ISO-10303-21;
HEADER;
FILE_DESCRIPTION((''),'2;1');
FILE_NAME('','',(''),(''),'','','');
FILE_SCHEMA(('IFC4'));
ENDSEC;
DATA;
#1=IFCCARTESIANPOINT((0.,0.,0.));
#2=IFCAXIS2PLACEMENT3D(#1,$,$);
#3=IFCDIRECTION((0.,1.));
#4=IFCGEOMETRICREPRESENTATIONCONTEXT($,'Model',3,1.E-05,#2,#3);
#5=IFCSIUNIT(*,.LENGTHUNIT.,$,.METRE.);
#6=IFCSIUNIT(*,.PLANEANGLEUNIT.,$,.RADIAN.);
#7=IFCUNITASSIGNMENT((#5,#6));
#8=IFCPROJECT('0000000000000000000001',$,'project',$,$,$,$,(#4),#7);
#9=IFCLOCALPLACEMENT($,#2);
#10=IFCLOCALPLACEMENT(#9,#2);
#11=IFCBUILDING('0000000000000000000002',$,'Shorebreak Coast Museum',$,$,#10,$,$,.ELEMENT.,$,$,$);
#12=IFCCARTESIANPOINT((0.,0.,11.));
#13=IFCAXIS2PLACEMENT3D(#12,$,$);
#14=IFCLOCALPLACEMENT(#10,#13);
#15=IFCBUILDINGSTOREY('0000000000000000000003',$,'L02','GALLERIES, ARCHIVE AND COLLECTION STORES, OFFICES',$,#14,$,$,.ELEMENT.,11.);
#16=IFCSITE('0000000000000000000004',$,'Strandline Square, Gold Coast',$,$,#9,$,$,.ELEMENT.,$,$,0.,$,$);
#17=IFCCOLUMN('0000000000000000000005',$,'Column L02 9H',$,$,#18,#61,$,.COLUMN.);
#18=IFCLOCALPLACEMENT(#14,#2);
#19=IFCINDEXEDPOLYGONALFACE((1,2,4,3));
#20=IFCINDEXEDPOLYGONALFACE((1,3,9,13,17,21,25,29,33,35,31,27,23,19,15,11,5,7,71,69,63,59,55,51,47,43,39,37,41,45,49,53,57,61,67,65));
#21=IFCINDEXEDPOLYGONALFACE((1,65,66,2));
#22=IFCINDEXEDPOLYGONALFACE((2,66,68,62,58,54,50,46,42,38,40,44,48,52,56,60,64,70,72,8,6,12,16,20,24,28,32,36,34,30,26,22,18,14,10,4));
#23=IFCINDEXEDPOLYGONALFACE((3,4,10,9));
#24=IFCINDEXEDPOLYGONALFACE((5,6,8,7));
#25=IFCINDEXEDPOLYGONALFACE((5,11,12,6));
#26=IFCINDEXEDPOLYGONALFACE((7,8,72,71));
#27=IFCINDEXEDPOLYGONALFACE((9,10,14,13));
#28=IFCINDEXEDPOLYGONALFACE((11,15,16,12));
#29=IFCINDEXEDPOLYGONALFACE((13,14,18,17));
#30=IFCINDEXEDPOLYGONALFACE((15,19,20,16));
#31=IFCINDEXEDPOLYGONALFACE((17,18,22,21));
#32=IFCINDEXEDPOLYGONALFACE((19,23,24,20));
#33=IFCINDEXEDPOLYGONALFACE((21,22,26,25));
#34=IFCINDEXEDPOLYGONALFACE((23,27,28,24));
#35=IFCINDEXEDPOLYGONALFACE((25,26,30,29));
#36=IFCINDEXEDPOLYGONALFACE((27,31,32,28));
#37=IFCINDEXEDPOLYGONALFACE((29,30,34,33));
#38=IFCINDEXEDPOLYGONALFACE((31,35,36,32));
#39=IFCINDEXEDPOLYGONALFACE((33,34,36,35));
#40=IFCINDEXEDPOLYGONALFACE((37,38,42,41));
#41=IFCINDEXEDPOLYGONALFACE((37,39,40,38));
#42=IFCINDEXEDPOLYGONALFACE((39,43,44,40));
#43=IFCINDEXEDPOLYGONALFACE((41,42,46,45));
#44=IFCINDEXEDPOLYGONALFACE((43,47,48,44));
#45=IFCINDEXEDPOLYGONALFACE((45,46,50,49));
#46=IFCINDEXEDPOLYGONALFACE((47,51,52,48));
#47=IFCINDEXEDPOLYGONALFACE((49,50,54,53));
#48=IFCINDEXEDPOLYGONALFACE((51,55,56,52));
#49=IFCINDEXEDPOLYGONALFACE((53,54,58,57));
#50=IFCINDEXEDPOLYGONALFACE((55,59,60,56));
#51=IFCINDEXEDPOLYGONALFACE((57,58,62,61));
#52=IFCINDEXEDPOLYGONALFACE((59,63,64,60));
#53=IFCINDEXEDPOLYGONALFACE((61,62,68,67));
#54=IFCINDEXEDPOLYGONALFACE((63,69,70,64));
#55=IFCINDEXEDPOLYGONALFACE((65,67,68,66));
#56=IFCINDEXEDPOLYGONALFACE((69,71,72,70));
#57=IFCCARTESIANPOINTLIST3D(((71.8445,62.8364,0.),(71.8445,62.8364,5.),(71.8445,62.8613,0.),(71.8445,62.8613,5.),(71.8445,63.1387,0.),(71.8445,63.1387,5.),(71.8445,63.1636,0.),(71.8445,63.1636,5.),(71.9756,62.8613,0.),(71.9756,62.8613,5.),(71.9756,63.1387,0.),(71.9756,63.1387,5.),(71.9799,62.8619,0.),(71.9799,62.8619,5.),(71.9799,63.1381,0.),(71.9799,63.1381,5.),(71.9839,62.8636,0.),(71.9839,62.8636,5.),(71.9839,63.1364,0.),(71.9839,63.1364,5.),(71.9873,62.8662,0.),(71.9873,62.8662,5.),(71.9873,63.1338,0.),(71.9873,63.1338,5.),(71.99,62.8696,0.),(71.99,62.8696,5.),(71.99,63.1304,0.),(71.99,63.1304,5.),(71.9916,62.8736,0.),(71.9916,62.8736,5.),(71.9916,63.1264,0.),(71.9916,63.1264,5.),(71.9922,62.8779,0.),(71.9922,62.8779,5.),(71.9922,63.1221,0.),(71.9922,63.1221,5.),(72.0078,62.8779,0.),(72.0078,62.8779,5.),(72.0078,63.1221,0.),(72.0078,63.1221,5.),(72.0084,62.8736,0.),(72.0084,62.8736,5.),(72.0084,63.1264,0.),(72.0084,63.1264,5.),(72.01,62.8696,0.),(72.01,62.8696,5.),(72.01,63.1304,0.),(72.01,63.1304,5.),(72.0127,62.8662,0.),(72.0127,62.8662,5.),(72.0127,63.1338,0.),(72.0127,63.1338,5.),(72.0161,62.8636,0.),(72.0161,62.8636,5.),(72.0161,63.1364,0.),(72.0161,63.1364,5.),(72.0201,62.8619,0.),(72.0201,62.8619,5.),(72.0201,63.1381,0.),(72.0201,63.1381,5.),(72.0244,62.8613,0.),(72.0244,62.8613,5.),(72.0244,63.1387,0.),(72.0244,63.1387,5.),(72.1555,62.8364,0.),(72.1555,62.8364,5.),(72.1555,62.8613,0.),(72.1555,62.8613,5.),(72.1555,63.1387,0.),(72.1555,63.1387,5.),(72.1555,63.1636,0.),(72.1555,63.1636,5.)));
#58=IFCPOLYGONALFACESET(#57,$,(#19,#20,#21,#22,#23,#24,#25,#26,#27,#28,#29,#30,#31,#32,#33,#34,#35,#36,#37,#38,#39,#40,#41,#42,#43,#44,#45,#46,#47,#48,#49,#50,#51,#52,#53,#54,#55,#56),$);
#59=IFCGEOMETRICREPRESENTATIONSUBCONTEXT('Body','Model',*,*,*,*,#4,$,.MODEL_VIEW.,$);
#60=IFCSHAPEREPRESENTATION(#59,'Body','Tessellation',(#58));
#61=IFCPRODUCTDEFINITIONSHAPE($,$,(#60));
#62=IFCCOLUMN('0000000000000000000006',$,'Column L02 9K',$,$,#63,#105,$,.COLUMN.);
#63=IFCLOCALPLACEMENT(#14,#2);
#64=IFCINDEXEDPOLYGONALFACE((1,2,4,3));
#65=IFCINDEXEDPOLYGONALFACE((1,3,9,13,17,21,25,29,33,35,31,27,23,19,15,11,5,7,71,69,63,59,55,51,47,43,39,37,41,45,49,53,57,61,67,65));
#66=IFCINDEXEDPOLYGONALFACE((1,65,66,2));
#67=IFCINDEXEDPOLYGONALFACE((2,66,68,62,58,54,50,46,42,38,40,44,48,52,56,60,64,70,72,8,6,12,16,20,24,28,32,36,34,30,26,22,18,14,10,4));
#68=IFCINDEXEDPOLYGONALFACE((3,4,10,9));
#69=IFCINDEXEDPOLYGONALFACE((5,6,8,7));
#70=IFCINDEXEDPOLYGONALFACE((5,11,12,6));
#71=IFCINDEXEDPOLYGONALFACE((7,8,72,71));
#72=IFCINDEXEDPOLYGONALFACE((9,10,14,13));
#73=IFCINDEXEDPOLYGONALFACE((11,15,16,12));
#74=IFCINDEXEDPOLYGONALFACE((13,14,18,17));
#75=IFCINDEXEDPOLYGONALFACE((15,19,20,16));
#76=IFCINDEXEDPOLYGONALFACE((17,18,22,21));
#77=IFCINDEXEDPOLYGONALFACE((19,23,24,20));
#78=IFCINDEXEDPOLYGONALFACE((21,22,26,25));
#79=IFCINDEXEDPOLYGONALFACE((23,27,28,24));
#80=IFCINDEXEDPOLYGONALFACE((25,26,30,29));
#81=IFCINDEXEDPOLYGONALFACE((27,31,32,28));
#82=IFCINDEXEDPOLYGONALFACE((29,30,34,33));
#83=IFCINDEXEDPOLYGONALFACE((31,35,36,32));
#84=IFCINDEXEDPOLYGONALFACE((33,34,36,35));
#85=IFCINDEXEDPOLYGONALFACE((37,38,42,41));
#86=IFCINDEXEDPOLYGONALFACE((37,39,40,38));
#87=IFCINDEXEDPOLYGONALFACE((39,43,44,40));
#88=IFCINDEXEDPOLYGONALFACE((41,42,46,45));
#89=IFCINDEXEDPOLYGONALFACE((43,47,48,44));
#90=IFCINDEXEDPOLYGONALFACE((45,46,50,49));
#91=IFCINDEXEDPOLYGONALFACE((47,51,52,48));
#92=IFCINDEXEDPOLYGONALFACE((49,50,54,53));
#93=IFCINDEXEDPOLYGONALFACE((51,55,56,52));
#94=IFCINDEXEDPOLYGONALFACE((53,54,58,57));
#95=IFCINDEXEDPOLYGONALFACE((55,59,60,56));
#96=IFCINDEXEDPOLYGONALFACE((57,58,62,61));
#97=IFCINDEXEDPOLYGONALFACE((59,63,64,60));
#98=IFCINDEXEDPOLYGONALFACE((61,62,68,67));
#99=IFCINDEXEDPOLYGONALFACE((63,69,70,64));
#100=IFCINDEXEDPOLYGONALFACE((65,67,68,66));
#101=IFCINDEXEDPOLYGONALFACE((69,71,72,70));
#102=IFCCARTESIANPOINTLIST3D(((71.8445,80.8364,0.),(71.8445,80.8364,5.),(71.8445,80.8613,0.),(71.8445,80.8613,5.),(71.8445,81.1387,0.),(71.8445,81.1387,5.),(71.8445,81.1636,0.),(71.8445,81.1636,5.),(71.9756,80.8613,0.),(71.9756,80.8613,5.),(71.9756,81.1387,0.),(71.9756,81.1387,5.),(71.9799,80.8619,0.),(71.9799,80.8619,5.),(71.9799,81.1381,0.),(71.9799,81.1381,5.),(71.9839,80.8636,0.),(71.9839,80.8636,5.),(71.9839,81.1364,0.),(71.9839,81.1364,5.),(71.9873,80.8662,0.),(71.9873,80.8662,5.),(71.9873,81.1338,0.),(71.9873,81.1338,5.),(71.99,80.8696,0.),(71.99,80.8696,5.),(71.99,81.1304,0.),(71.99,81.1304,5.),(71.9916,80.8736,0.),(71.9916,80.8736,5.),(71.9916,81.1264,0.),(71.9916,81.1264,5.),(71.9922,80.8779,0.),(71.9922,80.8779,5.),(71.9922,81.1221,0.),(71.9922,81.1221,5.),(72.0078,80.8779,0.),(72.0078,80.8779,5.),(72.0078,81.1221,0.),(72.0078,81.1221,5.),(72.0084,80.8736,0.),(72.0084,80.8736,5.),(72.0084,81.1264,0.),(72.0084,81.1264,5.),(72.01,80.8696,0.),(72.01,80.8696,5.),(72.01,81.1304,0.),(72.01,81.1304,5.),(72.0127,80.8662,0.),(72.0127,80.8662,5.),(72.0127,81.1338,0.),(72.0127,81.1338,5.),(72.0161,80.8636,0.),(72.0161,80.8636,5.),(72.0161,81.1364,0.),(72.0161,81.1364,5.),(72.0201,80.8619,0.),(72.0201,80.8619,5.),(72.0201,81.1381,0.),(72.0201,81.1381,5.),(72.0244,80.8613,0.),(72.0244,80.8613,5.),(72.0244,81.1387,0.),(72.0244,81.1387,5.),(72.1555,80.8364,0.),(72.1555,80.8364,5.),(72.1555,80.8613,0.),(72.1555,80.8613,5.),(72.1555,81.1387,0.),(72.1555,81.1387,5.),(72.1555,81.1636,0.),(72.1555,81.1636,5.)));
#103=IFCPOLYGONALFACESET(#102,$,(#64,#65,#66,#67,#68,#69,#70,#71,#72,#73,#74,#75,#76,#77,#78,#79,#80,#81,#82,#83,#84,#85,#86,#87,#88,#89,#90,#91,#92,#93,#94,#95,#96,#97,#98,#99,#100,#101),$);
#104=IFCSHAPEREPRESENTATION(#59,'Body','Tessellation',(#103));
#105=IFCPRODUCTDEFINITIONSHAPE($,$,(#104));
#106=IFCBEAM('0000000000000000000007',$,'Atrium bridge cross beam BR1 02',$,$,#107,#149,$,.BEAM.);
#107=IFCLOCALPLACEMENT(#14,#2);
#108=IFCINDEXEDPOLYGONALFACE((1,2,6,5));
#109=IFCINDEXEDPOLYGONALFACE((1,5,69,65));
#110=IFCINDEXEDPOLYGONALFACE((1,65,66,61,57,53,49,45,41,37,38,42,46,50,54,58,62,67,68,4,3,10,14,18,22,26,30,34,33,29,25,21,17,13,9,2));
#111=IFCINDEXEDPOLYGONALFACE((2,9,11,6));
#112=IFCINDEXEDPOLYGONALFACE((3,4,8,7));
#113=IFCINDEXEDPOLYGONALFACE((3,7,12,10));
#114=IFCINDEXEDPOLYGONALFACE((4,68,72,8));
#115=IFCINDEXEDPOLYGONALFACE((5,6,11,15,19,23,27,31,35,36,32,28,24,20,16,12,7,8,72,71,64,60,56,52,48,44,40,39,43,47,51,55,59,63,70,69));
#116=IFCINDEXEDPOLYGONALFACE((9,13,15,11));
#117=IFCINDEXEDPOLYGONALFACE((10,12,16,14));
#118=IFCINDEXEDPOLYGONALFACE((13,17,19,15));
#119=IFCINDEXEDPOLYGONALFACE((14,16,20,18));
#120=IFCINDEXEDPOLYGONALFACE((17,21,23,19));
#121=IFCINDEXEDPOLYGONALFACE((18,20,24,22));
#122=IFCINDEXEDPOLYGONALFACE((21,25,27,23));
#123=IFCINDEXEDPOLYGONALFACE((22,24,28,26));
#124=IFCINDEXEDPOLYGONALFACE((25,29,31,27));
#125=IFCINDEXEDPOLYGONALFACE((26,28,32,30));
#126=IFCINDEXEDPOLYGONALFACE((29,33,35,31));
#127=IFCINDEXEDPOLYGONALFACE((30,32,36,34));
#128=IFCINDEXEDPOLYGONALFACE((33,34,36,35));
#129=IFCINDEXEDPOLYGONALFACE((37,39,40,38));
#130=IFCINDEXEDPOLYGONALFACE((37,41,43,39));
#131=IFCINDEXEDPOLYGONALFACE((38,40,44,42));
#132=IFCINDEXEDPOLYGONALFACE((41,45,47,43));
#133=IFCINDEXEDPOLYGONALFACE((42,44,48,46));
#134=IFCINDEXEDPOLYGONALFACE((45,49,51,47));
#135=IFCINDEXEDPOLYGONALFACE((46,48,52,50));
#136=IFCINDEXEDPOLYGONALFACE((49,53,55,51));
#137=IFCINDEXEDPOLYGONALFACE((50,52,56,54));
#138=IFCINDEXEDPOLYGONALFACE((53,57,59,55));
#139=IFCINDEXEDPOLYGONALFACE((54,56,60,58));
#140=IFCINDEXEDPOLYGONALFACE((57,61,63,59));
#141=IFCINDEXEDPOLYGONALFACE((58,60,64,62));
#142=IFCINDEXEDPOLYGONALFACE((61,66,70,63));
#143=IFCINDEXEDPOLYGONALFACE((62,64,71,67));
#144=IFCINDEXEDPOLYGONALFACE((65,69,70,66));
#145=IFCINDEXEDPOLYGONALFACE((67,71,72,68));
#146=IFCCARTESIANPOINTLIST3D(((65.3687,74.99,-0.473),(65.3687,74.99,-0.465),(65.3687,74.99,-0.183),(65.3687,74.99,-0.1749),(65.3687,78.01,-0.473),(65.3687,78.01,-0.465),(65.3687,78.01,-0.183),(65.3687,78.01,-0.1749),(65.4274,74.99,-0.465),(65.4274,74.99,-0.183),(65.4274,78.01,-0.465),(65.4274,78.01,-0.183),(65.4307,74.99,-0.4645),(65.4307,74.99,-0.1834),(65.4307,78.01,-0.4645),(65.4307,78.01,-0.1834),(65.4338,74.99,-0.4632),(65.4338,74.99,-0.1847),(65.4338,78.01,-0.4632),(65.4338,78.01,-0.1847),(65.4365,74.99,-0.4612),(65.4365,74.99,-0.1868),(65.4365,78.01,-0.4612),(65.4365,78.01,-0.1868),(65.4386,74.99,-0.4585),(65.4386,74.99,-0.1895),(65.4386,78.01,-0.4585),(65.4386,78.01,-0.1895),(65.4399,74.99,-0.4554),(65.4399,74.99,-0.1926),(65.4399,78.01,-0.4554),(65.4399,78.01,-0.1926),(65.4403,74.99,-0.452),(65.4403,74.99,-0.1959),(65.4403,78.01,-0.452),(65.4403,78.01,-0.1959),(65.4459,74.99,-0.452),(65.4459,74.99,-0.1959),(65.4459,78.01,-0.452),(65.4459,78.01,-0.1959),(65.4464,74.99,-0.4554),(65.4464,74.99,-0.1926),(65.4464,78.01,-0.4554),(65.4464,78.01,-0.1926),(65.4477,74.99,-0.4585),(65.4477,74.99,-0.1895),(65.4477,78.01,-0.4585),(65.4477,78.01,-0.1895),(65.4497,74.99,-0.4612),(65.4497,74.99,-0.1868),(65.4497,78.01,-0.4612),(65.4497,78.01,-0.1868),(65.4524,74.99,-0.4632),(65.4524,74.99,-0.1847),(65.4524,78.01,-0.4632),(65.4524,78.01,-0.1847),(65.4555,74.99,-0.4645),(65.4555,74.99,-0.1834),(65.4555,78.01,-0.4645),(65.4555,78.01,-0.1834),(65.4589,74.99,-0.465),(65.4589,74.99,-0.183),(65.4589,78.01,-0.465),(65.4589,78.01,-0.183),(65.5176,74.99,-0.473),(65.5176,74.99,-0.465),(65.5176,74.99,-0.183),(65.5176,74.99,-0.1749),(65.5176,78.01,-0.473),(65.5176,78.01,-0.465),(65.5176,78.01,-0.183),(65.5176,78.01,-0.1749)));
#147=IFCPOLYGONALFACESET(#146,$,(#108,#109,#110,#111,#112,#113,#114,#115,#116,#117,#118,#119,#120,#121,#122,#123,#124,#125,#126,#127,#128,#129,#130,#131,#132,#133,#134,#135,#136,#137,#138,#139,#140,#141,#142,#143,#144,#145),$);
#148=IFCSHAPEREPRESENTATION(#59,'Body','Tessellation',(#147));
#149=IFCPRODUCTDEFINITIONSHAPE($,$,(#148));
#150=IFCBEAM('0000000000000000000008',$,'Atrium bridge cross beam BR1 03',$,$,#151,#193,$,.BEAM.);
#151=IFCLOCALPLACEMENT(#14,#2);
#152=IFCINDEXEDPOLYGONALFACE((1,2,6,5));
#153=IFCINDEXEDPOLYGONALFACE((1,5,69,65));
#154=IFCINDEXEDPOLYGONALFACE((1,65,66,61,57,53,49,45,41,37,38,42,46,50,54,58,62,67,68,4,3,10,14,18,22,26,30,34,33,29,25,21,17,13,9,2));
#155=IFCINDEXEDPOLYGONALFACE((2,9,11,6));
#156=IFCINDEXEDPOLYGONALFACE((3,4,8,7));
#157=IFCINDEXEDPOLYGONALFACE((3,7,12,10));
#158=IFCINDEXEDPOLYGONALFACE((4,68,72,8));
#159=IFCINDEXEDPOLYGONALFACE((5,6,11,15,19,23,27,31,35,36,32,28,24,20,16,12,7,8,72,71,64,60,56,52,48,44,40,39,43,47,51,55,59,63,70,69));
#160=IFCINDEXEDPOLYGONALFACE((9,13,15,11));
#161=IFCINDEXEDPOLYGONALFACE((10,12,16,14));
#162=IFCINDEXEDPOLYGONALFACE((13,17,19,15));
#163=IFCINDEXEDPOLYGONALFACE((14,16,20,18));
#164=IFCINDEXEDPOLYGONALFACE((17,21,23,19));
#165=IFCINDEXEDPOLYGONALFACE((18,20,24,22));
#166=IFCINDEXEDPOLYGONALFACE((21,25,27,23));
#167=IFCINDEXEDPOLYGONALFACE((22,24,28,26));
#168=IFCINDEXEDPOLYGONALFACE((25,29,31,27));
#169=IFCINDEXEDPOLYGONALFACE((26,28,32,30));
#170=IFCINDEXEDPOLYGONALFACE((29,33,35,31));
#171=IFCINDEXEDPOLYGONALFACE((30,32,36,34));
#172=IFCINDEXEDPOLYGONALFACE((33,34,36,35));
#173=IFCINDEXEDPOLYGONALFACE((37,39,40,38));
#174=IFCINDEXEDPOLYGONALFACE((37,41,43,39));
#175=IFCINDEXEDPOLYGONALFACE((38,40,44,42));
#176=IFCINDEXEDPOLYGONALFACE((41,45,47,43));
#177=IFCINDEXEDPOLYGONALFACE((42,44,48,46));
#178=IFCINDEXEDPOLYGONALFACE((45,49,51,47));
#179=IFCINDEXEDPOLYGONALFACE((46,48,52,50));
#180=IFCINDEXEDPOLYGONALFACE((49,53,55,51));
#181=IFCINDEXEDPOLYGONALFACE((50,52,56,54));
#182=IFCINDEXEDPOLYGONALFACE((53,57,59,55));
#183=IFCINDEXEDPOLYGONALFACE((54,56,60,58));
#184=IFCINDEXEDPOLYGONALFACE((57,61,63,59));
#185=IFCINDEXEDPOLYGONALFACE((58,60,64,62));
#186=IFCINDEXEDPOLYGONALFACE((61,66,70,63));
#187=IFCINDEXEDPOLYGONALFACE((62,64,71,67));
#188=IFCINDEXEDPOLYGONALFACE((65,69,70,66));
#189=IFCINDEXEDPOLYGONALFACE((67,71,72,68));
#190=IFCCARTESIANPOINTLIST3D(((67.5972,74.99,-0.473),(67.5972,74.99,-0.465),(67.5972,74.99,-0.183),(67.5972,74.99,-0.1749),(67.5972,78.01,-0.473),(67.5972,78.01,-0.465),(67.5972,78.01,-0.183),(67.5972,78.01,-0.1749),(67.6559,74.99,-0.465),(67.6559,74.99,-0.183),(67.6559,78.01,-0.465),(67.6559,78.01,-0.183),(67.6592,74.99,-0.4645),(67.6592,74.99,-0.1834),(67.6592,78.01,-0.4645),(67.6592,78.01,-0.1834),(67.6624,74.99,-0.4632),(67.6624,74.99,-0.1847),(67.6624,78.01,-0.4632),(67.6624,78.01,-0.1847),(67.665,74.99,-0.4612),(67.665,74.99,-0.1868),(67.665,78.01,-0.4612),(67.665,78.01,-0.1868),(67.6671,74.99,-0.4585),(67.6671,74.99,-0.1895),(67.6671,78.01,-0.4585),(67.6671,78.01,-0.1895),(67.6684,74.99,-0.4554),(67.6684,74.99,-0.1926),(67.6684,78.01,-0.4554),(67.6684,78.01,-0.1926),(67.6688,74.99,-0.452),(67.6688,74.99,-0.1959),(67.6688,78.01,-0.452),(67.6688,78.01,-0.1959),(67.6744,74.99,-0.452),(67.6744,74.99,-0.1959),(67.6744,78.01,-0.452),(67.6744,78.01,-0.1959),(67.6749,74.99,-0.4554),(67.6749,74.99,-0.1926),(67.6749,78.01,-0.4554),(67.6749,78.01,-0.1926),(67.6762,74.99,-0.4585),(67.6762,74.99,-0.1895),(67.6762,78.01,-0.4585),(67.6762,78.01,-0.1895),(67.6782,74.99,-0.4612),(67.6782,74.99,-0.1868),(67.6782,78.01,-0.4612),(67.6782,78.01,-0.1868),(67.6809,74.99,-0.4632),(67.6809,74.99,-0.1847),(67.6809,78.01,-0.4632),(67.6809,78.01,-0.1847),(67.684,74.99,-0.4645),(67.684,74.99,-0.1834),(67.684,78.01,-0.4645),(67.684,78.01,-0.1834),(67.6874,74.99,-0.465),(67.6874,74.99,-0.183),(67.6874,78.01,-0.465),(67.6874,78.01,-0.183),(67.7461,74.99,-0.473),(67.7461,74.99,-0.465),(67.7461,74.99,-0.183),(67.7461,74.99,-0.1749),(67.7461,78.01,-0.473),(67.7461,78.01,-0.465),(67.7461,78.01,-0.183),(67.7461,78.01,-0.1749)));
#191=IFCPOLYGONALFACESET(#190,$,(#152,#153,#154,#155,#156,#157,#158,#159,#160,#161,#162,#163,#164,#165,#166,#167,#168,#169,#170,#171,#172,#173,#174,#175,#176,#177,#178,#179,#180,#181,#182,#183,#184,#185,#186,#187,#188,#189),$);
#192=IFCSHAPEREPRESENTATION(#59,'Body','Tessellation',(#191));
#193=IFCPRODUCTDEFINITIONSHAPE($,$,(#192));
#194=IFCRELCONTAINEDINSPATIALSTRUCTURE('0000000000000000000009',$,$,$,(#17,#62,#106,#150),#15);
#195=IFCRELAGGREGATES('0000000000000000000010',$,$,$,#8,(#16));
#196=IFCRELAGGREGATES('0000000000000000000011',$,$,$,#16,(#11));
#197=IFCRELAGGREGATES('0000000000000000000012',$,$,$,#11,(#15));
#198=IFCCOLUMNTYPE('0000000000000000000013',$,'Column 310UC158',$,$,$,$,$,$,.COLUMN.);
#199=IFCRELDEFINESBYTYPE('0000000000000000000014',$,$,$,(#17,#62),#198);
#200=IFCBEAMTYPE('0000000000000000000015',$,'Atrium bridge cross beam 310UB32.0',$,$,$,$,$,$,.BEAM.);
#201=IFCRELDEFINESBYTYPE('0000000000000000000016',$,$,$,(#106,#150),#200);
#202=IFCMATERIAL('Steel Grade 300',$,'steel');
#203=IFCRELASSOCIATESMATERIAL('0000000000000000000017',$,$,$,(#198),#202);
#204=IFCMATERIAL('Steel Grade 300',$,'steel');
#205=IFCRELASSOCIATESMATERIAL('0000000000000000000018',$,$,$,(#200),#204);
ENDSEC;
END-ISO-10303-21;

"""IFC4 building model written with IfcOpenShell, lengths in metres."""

from ifc_helpers import new_model, si_unit, direction, frame, origin, origin_2d, place, context, subcontext, project, spatial, i_section, extrude, material, material_profile, profile_set, type_object, element, save


model = new_model("IFC4")

# Units and contexts
model_context = context("Model", 3, precision=1e-05, world=origin(), true_north=direction((0.0, 1.0)))
body_context = subcontext(model_context, "Body", "Model", "MODEL_VIEW")
ifc_project = project(units=[si_unit("LENGTHUNIT", "METRE"), si_unit("PLANEANGLEUNIT", "RADIAN")], contexts=[model_context])

# Site, building, storey
site_placement = place(None, origin())
site = spatial("IfcSite", under=ifc_project, at=site_placement, Name="Strandline Square, Gold Coast", CompositionType="ELEMENT", RefElevation=0.0)
building_placement = place(site_placement, origin())
building = spatial("IfcBuilding", under=site, at=building_placement, Name="Shorebreak Coast Museum", CompositionType="ELEMENT")
storey_placement = place(building_placement, frame((0.0, 0.0, 11.0)))
storey = spatial("IfcBuildingStorey", under=building, at=storey_placement, Name="L02", Description="GALLERIES, ARCHIVE AND COLLECTION STORES, OFFICES", CompositionType="ELEMENT", Elevation=11.0)

# Columns
ifc_material_1 = material(Name="Steel Grade 300", Category="steel")
ifc_material_profile_1 = material_profile(ifc_material_1, i_section(OverallWidth=0.311, OverallDepth=0.3271, WebThickness=0.0156, FlangeThickness=0.0249, FilletRadius=0.0166, at=origin_2d()), Name="310UC158")
ifc_profile_set_1 = profile_set([ifc_material_profile_1], Name="Steel Grade 300")
column_type = type_object("IfcColumnType", Name="Column 310UC158", PredefinedType="COLUMN", material=ifc_profile_set_1)
for number, where, z_axis, x_axis, name in (
    (1, (72.0, 63.0, 0.0), (0.0, 0.0, 1.0), (1.0, 0.0, 0.0), "Column L02 9H"),
    (2, (72.0, 81.0, 0.0), (0.0, 0.0, 1.0), (1.0, 0.0, 0.0), "Column L02 9K"),
):
    element("IfcColumn", number, at=place(storey_placement, frame(where, z_axis=z_axis, x_axis=x_axis)), inside=storey, type_object=column_type, Name=name, PredefinedType="COLUMN", context=body_context, shape_type="SweptSolid", body=[
        extrude(i_section(OverallWidth=0.311, OverallDepth=0.3271, WebThickness=0.0156, FlangeThickness=0.0249, FilletRadius=0.0166, at=origin_2d()), origin(), (0.0, 0.0, 1.0), 5.0),
    ])

# Beams
ifc_material_2 = material(Name="Steel Grade 300", Category="steel")
ifc_material_profile_2 = material_profile(ifc_material_2, i_section(OverallWidth=0.1489, OverallDepth=0.2981, WebThickness=0.0056, FlangeThickness=0.0081, FilletRadius=0.0129, at=origin_2d()), Name="310UB32.0")
ifc_profile_set_2 = profile_set([ifc_material_profile_2], Name="Steel Grade 300")
beam_type_1 = type_object("IfcBeamType", Name="Atrium bridge cross beam 310UB32.0", PredefinedType="BEAM", material=ifc_profile_set_2)
for number, where, z_axis, x_axis, name in (
    (3, (65.4431, 74.99, -0.324), (0.0, 1.0, 0.0), (-1.0, 0.0, 0.0), "Atrium bridge cross beam BR1 02"),
    (4, (67.6716, 74.99, -0.324), (0.0, 1.0, 0.0), (-1.0, 0.0, 0.0), "Atrium bridge cross beam BR1 03"),
):
    element("IfcBeam", number, at=place(storey_placement, frame(where, z_axis=z_axis, x_axis=x_axis)), inside=storey, type_object=beam_type_1, Name=name, PredefinedType="BEAM", context=body_context, shape_type="SweptSolid", body=[
        extrude(i_section(OverallWidth=0.1489, OverallDepth=0.2981, WebThickness=0.0056, FlangeThickness=0.0081, FilletRadius=0.0129, at=origin_2d()), origin(), (0.0, 0.0, 1.0), 3.02),
    ])

save(model, "model.ifc")
